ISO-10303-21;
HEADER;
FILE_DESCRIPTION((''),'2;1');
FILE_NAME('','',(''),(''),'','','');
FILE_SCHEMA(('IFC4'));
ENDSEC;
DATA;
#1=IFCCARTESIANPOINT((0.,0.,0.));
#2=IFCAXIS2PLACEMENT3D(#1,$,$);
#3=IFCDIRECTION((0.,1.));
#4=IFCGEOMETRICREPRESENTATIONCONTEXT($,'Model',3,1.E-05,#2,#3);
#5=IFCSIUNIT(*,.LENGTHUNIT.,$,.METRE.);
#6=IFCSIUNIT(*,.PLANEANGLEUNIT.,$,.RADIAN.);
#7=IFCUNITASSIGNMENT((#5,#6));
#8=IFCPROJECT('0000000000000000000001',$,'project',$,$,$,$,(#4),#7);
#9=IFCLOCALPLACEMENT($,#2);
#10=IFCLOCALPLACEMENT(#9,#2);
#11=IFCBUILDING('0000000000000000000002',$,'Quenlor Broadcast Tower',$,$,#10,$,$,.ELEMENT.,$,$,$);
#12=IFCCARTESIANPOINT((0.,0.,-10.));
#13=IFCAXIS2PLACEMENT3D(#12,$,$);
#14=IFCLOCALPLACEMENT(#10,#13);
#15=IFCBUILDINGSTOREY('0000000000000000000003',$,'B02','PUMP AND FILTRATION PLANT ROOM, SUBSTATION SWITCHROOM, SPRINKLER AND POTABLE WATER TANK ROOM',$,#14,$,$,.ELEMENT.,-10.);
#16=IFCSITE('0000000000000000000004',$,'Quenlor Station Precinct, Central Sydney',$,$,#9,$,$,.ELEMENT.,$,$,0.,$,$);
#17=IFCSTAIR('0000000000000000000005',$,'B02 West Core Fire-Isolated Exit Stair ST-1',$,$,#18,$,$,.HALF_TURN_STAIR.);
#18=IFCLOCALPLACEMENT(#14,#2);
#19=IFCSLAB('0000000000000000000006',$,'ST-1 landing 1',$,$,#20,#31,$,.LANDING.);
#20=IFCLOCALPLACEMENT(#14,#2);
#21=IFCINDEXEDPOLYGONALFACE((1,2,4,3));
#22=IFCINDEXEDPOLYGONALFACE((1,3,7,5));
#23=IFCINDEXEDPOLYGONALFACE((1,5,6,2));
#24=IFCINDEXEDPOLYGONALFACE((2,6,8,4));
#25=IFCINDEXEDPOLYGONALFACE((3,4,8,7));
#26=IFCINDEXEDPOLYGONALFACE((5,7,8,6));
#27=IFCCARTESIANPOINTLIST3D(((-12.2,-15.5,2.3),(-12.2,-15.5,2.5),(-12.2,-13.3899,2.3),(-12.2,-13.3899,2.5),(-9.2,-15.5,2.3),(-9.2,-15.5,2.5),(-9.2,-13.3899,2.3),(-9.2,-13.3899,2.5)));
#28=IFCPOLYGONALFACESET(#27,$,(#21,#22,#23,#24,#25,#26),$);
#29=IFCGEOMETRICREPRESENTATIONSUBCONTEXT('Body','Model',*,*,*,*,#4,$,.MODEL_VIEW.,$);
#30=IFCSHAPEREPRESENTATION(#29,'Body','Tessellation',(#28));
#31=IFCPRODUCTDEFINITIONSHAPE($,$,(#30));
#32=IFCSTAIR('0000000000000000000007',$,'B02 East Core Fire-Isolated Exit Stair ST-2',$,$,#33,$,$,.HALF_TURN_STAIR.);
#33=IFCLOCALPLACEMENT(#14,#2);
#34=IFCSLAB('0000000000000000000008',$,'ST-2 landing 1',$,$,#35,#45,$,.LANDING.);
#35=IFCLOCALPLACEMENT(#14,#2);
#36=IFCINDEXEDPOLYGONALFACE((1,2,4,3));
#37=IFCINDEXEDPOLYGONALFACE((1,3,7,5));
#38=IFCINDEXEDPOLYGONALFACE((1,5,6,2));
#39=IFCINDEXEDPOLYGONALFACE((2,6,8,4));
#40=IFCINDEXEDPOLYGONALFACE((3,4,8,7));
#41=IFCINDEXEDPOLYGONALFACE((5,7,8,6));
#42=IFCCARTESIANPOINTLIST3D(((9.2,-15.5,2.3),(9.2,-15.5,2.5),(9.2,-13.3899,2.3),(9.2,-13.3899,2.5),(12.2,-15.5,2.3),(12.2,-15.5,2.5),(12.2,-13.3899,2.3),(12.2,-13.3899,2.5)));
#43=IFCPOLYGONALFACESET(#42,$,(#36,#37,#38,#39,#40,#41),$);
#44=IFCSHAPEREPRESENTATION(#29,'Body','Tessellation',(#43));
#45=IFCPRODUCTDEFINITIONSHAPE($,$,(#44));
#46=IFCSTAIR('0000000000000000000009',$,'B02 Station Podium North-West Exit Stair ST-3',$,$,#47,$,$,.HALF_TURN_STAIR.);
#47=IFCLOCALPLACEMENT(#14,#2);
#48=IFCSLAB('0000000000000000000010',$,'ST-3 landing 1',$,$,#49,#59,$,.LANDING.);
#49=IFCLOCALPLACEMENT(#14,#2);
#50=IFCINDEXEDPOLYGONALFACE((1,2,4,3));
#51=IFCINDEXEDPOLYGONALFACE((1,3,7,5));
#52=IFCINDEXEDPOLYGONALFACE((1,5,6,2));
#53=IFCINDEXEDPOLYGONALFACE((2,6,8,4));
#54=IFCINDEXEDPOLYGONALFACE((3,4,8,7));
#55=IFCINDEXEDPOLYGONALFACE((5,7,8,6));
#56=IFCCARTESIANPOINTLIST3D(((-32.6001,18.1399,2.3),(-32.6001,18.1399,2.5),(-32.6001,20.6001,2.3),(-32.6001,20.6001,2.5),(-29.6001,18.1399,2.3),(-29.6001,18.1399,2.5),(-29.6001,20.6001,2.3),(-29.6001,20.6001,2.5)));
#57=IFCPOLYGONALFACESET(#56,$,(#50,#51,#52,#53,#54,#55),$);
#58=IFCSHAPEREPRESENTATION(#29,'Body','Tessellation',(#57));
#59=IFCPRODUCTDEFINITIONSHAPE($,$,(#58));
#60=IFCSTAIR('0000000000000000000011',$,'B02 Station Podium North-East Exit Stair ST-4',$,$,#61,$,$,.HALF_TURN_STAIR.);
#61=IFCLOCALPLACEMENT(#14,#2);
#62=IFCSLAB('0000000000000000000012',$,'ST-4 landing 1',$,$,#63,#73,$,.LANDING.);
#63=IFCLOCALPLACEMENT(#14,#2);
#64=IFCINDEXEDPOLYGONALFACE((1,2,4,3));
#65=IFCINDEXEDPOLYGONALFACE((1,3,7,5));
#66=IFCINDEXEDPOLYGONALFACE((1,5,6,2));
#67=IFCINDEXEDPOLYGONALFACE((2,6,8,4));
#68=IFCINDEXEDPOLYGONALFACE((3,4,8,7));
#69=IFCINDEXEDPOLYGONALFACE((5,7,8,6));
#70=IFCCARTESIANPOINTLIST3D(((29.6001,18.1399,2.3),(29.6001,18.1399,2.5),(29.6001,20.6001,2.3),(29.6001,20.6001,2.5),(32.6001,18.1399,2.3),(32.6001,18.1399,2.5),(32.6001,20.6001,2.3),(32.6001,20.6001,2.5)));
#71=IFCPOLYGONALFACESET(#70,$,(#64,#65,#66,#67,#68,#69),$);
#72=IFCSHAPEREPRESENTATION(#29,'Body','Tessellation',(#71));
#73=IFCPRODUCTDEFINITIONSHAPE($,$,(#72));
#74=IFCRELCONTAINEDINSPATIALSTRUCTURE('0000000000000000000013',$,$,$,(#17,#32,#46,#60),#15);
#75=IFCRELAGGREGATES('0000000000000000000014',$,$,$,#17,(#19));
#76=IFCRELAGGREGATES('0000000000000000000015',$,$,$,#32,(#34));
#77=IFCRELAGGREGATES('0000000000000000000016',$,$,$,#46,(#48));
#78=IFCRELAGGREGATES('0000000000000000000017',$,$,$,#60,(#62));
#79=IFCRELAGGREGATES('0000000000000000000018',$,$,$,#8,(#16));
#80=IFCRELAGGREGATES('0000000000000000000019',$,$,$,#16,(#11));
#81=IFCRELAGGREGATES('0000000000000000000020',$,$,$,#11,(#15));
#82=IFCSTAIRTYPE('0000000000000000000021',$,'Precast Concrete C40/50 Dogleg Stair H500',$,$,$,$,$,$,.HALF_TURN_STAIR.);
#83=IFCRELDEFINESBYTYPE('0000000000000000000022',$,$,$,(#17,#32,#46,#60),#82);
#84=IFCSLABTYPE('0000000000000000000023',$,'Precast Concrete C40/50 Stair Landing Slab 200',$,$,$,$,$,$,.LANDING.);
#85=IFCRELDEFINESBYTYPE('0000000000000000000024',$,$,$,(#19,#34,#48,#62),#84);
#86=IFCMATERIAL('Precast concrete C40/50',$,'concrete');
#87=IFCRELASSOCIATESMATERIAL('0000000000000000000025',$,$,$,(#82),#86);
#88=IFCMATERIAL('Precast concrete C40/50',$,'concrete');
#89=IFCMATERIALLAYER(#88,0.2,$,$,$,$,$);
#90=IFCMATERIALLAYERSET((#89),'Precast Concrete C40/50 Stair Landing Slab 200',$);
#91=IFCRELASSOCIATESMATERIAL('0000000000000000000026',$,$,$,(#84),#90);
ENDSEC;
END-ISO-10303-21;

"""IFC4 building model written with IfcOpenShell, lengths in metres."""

from ifc_helpers import new_model, si_unit, direction, frame, origin, place, context, subcontext, project, spatial, polyline, outline, extrude, material, layer, layer_set, type_object, element, aggregate, save


model = new_model("IFC4")

# Units and contexts
model_context = context("Model", 3, precision=1e-05, world=origin(), true_north=direction((0.0, 1.0)))
body_context = subcontext(model_context, "Body", "Model", "MODEL_VIEW")
ifc_project = project(units=[si_unit("LENGTHUNIT", "METRE"), si_unit("PLANEANGLEUNIT", "RADIAN")], contexts=[model_context])

# Site, building, storey
site_placement = place(None, origin())
site = spatial("IfcSite", under=ifc_project, at=site_placement, Name="Quenlor Station Precinct, Central Sydney", CompositionType="ELEMENT", RefElevation=0.0)
building_placement = place(site_placement, origin())
building = spatial("IfcBuilding", under=site, at=building_placement, Name="Quenlor Broadcast Tower", CompositionType="ELEMENT")
storey_placement = place(building_placement, frame((0.0, 0.0, -10.0)))
storey = spatial("IfcBuildingStorey", under=building, at=storey_placement, Name="B02", Description="PUMP AND FILTRATION PLANT ROOM, SUBSTATION SWITCHROOM, SPRINKLER AND POTABLE WATER TANK ROOM", CompositionType="ELEMENT", Elevation=-10.0)

# Stairs, slabs
ifc_material_1 = material(Name="Precast concrete C40/50", Category="concrete")
stair_type = type_object("IfcStairType", Name="Precast Concrete C40/50 Dogleg Stair H500", PredefinedType="HALF_TURN_STAIR", material=ifc_material_1)
stair_1_placement = place(storey_placement, origin())
stair_1 = element("IfcStair", 1, at=stair_1_placement, inside=storey, type_object=stair_type, Name="B02 West Core Fire-Isolated Exit Stair ST-1", PredefinedType="HALF_TURN_STAIR")
ifc_material_2 = material(Name="Precast concrete C40/50", Category="concrete")
ifc_layer_1 = layer(ifc_material_2, 0.2)
ifc_layer_set_1 = layer_set([ifc_layer_1], Name="Precast Concrete C40/50 Stair Landing Slab 200")
slab_type_1 = type_object("IfcSlabType", Name="Precast Concrete C40/50 Stair Landing Slab 200", PredefinedType="LANDING", material=ifc_layer_set_1)
slab_1_placement = place(storey_placement, frame((0.0, 0.0, 2.3)))
slab_1 = element("IfcSlab", 2, at=slab_1_placement, type_object=slab_type_1, Name="ST-1 landing 1", PredefinedType="LANDING", context=body_context, shape_type="SweptSolid", body=[
    extrude(outline(polyline([(-12.2, -13.3899), (-12.2, -15.5), (-9.2, -15.5), (-9.2, -13.3899), (-12.2, -13.3899)])), origin(), (0.0, 0.0, 1.0), 0.2),
])
aggregate(stair_1, [slab_1])
stair_2_placement = place(storey_placement, origin())
stair_2 = element("IfcStair", 3, at=stair_2_placement, inside=storey, type_object=stair_type, Name="B02 East Core Fire-Isolated Exit Stair ST-2", PredefinedType="HALF_TURN_STAIR")
slab_2_placement = place(storey_placement, frame((0.0, 0.0, 2.3)))
slab_2 = element("IfcSlab", 4, at=slab_2_placement, type_object=slab_type_1, Name="ST-2 landing 1", PredefinedType="LANDING", context=body_context, shape_type="SweptSolid", body=[
    extrude(outline(polyline([(9.2, -13.3899), (9.2, -15.5), (12.2, -15.5), (12.2, -13.3899), (9.2, -13.3899)])), origin(), (0.0, 0.0, 1.0), 0.2),
])
aggregate(stair_2, [slab_2])
stair_3_placement = place(storey_placement, origin())
stair_3 = element("IfcStair", 5, at=stair_3_placement, inside=storey, type_object=stair_type, Name="B02 Station Podium North-West Exit Stair ST-3", PredefinedType="HALF_TURN_STAIR")
slab_3_placement = place(storey_placement, frame((0.0, 0.0, 2.3)))
slab_3 = element("IfcSlab", 6, at=slab_3_placement, type_object=slab_type_1, Name="ST-3 landing 1", PredefinedType="LANDING", context=body_context, shape_type="SweptSolid", body=[
    extrude(outline(polyline([(-29.6001, 18.1399), (-29.6001, 20.6001), (-32.6001, 20.6001), (-32.6001, 18.1399), (-29.6001, 18.1399)])), origin(), (0.0, 0.0, 1.0), 0.2),
])
aggregate(stair_3, [slab_3])
stair_4_placement = place(storey_placement, origin())
stair_4 = element("IfcStair", 7, at=stair_4_placement, inside=storey, type_object=stair_type, Name="B02 Station Podium North-East Exit Stair ST-4", PredefinedType="HALF_TURN_STAIR")
slab_4_placement = place(storey_placement, frame((0.0, 0.0, 2.3)))
slab_4 = element("IfcSlab", 8, at=slab_4_placement, type_object=slab_type_1, Name="ST-4 landing 1", PredefinedType="LANDING", context=body_context, shape_type="SweptSolid", body=[
    extrude(outline(polyline([(32.6001, 18.1399), (32.6001, 20.6001), (29.6001, 20.6001), (29.6001, 18.1399), (32.6001, 18.1399)])), origin(), (0.0, 0.0, 1.0), 0.2),
])
aggregate(stair_4, [slab_4])

save(model, "model.ifc")
